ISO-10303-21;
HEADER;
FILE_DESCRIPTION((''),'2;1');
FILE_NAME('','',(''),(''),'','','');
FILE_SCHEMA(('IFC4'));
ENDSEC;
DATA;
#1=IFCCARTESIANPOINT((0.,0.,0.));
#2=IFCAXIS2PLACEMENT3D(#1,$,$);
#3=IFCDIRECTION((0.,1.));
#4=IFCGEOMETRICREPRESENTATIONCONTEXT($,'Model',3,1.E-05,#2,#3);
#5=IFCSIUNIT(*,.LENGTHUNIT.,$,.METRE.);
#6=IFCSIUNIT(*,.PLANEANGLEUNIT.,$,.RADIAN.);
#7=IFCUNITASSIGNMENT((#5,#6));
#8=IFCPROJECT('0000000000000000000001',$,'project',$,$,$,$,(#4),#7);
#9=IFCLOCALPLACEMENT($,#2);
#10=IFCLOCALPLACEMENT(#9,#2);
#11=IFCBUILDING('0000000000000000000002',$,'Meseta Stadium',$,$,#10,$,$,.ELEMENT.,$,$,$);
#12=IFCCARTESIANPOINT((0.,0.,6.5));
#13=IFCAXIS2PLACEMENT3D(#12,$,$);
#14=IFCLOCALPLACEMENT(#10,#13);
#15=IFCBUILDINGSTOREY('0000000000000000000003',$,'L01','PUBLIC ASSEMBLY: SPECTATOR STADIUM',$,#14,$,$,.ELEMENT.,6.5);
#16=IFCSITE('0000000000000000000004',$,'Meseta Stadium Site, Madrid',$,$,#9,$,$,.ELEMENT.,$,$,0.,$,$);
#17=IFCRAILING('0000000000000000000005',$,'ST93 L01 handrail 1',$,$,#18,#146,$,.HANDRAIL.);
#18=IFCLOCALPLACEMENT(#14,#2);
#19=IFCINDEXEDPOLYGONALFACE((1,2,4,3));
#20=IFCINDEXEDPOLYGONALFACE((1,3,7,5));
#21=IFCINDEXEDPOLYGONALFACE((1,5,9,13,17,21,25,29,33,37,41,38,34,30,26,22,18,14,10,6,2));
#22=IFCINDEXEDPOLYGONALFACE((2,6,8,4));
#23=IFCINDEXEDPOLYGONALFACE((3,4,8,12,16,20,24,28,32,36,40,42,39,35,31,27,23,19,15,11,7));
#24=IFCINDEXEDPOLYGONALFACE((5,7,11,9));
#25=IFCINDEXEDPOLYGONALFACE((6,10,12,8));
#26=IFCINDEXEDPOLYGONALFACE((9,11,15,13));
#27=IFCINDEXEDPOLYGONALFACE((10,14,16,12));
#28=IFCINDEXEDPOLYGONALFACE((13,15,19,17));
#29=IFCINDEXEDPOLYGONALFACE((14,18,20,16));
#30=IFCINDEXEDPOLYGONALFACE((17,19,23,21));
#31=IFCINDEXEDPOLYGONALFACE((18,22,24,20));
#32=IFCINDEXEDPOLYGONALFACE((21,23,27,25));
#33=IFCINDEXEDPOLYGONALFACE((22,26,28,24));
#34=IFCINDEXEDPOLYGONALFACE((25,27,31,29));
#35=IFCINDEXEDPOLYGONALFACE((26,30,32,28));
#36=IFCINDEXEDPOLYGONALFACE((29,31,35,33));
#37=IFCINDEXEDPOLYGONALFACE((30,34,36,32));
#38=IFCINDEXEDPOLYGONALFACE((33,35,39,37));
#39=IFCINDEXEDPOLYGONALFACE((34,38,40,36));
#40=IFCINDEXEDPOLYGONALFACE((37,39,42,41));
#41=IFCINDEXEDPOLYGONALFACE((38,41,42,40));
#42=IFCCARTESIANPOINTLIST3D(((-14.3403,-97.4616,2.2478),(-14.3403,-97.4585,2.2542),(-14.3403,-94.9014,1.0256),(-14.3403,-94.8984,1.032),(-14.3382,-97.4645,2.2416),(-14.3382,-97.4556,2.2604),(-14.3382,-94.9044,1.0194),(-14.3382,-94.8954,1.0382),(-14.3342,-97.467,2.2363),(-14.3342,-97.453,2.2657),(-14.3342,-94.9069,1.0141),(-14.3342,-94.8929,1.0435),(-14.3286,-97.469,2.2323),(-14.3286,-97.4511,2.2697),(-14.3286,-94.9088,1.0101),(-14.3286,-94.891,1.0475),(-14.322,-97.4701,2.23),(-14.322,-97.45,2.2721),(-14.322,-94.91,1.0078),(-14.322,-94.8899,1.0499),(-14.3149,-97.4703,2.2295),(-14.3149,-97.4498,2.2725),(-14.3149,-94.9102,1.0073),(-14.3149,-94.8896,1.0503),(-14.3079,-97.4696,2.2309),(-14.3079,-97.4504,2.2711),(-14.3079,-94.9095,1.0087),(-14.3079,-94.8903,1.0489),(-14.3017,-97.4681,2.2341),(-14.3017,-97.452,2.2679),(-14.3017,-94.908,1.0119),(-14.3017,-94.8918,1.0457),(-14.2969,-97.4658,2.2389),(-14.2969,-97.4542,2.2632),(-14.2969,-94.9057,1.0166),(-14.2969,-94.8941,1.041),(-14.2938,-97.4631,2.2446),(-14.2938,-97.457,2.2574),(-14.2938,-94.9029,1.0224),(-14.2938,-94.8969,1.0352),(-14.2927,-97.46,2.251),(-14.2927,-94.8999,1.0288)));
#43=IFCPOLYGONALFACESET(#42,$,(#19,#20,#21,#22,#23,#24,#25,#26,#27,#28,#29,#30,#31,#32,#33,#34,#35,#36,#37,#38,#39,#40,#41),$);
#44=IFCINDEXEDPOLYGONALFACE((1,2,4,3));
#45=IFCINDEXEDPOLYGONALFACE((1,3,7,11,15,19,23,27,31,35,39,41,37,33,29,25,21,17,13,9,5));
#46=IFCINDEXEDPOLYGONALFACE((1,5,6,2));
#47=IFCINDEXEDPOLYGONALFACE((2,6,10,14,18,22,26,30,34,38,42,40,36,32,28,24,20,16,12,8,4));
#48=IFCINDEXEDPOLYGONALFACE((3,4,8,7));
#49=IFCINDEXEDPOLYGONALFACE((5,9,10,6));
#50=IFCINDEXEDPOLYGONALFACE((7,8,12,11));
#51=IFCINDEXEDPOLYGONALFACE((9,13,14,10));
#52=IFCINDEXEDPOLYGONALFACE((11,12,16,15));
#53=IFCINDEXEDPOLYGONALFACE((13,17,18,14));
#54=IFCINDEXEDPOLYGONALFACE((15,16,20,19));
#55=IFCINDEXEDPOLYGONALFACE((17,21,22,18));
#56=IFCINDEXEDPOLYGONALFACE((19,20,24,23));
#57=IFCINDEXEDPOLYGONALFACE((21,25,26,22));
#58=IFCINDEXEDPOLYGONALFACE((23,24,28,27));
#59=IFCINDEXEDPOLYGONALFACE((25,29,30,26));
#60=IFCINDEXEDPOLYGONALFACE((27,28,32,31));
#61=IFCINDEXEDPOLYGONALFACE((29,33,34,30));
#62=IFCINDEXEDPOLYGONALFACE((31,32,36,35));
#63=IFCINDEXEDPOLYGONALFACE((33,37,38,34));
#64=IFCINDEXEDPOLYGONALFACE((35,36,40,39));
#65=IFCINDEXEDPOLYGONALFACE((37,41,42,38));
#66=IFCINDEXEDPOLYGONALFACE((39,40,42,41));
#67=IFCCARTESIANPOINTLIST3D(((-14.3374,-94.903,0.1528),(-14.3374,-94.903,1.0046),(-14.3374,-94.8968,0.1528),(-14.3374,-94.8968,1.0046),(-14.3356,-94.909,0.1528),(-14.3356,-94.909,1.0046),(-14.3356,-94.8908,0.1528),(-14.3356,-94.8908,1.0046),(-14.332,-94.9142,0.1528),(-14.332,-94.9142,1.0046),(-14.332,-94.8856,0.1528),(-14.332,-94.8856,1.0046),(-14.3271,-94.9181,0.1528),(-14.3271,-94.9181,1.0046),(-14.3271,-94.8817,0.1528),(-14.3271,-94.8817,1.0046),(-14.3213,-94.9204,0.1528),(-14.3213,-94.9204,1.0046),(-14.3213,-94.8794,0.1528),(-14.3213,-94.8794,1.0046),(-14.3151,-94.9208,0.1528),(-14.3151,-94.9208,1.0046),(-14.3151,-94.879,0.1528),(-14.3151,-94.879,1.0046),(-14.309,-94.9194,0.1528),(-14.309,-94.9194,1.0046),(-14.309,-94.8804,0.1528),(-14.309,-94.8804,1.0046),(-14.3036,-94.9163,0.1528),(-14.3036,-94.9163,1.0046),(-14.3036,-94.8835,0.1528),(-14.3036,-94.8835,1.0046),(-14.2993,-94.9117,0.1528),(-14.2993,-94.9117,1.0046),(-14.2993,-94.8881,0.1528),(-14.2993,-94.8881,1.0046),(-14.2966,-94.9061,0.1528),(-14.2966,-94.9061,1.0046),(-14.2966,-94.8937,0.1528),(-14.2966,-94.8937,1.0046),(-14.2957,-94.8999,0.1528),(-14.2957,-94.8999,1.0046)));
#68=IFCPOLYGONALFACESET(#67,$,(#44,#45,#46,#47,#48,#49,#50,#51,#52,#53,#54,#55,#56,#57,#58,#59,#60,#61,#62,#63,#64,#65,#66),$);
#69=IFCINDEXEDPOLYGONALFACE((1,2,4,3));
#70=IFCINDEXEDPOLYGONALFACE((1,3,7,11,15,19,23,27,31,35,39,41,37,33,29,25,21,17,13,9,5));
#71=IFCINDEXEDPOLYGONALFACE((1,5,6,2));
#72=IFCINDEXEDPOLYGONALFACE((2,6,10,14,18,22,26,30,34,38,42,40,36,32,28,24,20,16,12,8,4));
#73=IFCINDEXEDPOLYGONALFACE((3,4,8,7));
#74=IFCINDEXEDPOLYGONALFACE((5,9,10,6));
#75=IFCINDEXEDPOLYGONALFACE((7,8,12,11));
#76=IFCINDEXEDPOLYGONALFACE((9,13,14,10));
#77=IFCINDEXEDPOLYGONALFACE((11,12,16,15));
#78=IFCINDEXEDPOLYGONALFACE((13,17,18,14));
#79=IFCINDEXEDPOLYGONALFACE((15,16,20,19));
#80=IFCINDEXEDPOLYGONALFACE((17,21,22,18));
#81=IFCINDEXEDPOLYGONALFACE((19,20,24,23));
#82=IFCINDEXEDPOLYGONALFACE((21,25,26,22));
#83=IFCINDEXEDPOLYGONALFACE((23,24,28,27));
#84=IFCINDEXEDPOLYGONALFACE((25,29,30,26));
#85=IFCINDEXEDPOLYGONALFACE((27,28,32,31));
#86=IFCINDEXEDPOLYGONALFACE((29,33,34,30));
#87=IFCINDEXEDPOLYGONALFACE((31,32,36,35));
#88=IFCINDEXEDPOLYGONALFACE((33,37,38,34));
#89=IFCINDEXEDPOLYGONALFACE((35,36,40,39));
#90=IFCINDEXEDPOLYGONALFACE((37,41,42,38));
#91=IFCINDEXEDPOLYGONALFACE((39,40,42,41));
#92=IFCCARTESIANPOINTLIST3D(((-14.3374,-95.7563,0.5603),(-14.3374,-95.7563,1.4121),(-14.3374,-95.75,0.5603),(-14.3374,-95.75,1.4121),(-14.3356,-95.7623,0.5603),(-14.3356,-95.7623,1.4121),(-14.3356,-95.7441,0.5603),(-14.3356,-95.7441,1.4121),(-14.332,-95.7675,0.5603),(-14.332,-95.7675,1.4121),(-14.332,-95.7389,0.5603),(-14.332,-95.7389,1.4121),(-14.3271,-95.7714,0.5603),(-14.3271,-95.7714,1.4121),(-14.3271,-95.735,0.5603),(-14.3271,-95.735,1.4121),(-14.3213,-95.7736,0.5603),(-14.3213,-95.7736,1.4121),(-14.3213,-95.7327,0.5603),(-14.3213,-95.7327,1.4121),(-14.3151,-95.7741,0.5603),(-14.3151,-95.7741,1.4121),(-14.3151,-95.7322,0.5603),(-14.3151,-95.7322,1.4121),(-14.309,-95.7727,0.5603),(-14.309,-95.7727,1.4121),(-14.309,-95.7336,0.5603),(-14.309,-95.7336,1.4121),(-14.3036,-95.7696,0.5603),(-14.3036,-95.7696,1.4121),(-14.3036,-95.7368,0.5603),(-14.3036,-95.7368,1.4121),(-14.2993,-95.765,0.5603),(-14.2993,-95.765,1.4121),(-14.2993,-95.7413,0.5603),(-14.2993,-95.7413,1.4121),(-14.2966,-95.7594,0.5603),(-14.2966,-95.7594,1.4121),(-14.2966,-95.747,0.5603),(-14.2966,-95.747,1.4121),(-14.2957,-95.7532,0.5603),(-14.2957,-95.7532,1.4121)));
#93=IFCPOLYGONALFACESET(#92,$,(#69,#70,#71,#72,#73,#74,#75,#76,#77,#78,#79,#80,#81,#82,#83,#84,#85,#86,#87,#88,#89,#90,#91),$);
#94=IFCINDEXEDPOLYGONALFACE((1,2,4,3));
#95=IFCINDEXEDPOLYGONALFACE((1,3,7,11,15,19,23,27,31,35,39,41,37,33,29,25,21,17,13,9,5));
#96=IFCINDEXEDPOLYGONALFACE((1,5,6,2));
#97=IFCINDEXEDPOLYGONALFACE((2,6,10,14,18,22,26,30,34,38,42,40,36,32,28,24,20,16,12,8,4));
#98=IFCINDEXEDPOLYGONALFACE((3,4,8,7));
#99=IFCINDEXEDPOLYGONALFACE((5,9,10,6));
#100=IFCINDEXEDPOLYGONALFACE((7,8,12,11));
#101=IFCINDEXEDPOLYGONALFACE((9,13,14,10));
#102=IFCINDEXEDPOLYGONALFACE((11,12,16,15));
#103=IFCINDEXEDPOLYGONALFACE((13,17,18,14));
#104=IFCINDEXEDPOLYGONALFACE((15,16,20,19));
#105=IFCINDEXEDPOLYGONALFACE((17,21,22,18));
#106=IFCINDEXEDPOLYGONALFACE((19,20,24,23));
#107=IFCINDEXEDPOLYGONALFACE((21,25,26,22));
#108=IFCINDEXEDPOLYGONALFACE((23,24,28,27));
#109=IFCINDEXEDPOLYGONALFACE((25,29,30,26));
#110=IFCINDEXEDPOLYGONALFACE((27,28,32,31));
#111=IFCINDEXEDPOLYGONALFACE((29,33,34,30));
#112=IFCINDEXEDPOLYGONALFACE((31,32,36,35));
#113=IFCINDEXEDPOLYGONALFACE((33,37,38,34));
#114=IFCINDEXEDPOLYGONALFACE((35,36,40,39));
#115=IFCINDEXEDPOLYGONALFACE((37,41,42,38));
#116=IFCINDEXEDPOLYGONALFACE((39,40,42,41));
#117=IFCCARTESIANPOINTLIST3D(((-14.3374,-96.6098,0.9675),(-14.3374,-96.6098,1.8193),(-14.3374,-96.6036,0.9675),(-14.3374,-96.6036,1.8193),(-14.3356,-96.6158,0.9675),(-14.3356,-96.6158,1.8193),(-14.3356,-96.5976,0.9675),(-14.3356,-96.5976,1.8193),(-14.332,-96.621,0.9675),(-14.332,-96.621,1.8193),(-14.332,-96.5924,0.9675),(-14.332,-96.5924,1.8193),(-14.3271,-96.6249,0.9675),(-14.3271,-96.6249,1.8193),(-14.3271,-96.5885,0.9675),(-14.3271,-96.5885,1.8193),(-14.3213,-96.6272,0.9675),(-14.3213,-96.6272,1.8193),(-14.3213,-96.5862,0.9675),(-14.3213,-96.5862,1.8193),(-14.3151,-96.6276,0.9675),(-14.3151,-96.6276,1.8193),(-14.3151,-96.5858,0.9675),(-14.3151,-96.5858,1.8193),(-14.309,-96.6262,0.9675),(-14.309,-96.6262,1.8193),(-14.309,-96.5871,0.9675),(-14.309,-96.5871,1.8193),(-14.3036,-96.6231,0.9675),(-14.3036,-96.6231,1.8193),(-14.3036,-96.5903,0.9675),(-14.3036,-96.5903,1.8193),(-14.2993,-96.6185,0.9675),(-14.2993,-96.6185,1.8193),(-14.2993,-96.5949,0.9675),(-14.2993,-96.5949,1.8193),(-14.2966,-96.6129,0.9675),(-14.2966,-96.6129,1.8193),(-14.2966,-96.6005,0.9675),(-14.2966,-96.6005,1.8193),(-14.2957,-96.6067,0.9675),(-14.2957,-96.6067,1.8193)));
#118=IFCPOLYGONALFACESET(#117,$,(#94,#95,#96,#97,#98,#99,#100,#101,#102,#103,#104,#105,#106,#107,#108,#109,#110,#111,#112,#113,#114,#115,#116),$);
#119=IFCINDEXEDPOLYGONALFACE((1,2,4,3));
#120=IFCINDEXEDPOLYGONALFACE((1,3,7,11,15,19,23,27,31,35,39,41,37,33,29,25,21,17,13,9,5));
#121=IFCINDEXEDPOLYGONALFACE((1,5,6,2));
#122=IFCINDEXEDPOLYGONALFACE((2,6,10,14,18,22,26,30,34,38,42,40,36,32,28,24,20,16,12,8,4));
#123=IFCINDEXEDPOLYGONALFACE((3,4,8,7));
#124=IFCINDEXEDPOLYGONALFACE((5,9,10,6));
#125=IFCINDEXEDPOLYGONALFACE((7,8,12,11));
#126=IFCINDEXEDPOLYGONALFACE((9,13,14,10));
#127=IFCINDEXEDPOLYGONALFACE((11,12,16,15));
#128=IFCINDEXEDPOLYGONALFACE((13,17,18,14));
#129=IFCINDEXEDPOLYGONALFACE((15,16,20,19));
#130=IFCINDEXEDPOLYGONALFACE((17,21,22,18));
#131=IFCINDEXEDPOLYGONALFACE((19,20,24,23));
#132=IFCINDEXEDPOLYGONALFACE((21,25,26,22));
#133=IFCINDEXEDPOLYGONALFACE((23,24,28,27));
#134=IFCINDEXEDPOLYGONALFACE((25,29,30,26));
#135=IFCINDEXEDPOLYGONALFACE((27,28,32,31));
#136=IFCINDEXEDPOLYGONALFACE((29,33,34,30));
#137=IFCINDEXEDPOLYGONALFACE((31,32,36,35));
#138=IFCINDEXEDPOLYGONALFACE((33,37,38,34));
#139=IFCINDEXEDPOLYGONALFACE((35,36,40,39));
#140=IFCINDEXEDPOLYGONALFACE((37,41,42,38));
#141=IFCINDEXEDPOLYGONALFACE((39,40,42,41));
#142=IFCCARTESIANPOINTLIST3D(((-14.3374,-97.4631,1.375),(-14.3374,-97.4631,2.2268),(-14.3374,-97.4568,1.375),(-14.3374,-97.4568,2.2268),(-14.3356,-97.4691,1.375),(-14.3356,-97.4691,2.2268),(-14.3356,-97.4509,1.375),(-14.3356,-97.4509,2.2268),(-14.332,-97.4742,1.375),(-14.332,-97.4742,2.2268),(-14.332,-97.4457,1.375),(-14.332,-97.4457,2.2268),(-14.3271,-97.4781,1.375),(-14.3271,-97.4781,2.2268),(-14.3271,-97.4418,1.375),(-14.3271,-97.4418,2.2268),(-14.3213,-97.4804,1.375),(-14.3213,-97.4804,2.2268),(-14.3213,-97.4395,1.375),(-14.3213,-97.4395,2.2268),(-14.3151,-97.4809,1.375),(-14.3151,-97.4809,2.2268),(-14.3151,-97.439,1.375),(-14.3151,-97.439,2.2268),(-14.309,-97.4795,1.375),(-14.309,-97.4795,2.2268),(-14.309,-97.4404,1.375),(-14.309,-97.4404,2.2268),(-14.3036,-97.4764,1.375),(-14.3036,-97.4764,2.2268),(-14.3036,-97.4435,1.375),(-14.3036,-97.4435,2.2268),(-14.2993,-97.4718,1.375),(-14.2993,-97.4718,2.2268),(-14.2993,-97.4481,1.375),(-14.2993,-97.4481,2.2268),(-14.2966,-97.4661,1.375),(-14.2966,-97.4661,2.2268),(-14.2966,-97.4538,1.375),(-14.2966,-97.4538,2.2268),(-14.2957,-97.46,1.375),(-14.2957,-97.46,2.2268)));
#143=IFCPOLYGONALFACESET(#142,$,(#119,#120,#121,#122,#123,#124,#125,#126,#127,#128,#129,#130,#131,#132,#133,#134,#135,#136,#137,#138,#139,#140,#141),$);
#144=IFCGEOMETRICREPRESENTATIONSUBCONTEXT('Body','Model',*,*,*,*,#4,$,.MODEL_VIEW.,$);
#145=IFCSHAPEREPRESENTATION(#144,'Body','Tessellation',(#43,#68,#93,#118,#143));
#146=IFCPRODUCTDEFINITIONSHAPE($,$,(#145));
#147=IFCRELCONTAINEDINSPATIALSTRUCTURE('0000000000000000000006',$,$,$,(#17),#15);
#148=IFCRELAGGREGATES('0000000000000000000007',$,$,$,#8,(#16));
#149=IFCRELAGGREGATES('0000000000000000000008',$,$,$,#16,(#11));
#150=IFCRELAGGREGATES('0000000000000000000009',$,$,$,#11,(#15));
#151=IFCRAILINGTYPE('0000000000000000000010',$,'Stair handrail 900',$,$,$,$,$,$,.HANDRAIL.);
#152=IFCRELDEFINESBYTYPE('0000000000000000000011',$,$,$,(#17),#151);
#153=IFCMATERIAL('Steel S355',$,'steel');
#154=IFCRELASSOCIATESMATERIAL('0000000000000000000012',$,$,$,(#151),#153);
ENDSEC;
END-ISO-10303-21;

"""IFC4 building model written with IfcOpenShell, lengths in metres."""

from ifc_helpers import new_model, si_unit, direction, frame, origin, origin_2d, place, context, subcontext, project, spatial, circle, extrude, material, type_object, element, save


model = new_model("IFC4")

# Units and contexts
model_context = context("Model", 3, precision=1e-05, world=origin(), true_north=direction((0.0, 1.0)))
body_context = subcontext(model_context, "Body", "Model", "MODEL_VIEW")
ifc_project = project(units=[si_unit("LENGTHUNIT", "METRE"), si_unit("PLANEANGLEUNIT", "RADIAN")], contexts=[model_context])

# Site, building, storey
site_placement = place(None, origin())
site = spatial("IfcSite", under=ifc_project, at=site_placement, Name="Meseta Stadium Site, Madrid", CompositionType="ELEMENT", RefElevation=0.0)
building_placement = place(site_placement, origin())
building = spatial("IfcBuilding", under=site, at=building_placement, Name="Meseta Stadium", CompositionType="ELEMENT")
storey_placement = place(building_placement, frame((0.0, 0.0, 6.5)))
storey = spatial("IfcBuildingStorey", under=building, at=storey_placement, Name="L01", Description="PUBLIC ASSEMBLY: SPECTATOR STADIUM", CompositionType="ELEMENT", Elevation=6.5)

# Railing
ifc_material_1 = material(Name="Steel S355", Category="steel")
railing_type_1 = type_object("IfcRailingType", Name="Stair handrail 900", PredefinedType="HANDRAIL", material=ifc_material_1)
railing_1_placement = place(storey_placement, frame((-14.3167, -94.8999, 0.1528)))
element("IfcRailing", 1, at=railing_1_placement, inside=storey, type_object=railing_type_1, Name="ST93 L01 handrail 1", PredefinedType="HANDRAIL", context=body_context, shape_type="SweptSolid", body=[
    extrude(circle(Radius=0.0239, at=origin_2d()), frame((0.0, 0.0, 0.876), z_axis=(0.0, -0.902437, 0.430822), x_axis=(1.0, 0.0, 0.0)), (0.0, 0.0, 1.0), 2.8369),
    extrude(circle(Radius=0.021, at=origin_2d()), origin(), (0.0, 0.0, 1.0), 0.8518),
    extrude(circle(Radius=0.021, at=origin_2d()), frame((0.0, -0.8533, 0.4075)), (0.0, 0.0, 1.0), 0.8518),
    extrude(circle(Radius=0.021, at=origin_2d()), frame((0.0, -1.7068, 0.8147)), (0.0, 0.0, 1.0), 0.8518),
    extrude(circle(Radius=0.021, at=origin_2d()), frame((0.0, -2.5601, 1.2222)), (0.0, 0.0, 1.0), 0.8518),
])

save(model, "model.ifc")
